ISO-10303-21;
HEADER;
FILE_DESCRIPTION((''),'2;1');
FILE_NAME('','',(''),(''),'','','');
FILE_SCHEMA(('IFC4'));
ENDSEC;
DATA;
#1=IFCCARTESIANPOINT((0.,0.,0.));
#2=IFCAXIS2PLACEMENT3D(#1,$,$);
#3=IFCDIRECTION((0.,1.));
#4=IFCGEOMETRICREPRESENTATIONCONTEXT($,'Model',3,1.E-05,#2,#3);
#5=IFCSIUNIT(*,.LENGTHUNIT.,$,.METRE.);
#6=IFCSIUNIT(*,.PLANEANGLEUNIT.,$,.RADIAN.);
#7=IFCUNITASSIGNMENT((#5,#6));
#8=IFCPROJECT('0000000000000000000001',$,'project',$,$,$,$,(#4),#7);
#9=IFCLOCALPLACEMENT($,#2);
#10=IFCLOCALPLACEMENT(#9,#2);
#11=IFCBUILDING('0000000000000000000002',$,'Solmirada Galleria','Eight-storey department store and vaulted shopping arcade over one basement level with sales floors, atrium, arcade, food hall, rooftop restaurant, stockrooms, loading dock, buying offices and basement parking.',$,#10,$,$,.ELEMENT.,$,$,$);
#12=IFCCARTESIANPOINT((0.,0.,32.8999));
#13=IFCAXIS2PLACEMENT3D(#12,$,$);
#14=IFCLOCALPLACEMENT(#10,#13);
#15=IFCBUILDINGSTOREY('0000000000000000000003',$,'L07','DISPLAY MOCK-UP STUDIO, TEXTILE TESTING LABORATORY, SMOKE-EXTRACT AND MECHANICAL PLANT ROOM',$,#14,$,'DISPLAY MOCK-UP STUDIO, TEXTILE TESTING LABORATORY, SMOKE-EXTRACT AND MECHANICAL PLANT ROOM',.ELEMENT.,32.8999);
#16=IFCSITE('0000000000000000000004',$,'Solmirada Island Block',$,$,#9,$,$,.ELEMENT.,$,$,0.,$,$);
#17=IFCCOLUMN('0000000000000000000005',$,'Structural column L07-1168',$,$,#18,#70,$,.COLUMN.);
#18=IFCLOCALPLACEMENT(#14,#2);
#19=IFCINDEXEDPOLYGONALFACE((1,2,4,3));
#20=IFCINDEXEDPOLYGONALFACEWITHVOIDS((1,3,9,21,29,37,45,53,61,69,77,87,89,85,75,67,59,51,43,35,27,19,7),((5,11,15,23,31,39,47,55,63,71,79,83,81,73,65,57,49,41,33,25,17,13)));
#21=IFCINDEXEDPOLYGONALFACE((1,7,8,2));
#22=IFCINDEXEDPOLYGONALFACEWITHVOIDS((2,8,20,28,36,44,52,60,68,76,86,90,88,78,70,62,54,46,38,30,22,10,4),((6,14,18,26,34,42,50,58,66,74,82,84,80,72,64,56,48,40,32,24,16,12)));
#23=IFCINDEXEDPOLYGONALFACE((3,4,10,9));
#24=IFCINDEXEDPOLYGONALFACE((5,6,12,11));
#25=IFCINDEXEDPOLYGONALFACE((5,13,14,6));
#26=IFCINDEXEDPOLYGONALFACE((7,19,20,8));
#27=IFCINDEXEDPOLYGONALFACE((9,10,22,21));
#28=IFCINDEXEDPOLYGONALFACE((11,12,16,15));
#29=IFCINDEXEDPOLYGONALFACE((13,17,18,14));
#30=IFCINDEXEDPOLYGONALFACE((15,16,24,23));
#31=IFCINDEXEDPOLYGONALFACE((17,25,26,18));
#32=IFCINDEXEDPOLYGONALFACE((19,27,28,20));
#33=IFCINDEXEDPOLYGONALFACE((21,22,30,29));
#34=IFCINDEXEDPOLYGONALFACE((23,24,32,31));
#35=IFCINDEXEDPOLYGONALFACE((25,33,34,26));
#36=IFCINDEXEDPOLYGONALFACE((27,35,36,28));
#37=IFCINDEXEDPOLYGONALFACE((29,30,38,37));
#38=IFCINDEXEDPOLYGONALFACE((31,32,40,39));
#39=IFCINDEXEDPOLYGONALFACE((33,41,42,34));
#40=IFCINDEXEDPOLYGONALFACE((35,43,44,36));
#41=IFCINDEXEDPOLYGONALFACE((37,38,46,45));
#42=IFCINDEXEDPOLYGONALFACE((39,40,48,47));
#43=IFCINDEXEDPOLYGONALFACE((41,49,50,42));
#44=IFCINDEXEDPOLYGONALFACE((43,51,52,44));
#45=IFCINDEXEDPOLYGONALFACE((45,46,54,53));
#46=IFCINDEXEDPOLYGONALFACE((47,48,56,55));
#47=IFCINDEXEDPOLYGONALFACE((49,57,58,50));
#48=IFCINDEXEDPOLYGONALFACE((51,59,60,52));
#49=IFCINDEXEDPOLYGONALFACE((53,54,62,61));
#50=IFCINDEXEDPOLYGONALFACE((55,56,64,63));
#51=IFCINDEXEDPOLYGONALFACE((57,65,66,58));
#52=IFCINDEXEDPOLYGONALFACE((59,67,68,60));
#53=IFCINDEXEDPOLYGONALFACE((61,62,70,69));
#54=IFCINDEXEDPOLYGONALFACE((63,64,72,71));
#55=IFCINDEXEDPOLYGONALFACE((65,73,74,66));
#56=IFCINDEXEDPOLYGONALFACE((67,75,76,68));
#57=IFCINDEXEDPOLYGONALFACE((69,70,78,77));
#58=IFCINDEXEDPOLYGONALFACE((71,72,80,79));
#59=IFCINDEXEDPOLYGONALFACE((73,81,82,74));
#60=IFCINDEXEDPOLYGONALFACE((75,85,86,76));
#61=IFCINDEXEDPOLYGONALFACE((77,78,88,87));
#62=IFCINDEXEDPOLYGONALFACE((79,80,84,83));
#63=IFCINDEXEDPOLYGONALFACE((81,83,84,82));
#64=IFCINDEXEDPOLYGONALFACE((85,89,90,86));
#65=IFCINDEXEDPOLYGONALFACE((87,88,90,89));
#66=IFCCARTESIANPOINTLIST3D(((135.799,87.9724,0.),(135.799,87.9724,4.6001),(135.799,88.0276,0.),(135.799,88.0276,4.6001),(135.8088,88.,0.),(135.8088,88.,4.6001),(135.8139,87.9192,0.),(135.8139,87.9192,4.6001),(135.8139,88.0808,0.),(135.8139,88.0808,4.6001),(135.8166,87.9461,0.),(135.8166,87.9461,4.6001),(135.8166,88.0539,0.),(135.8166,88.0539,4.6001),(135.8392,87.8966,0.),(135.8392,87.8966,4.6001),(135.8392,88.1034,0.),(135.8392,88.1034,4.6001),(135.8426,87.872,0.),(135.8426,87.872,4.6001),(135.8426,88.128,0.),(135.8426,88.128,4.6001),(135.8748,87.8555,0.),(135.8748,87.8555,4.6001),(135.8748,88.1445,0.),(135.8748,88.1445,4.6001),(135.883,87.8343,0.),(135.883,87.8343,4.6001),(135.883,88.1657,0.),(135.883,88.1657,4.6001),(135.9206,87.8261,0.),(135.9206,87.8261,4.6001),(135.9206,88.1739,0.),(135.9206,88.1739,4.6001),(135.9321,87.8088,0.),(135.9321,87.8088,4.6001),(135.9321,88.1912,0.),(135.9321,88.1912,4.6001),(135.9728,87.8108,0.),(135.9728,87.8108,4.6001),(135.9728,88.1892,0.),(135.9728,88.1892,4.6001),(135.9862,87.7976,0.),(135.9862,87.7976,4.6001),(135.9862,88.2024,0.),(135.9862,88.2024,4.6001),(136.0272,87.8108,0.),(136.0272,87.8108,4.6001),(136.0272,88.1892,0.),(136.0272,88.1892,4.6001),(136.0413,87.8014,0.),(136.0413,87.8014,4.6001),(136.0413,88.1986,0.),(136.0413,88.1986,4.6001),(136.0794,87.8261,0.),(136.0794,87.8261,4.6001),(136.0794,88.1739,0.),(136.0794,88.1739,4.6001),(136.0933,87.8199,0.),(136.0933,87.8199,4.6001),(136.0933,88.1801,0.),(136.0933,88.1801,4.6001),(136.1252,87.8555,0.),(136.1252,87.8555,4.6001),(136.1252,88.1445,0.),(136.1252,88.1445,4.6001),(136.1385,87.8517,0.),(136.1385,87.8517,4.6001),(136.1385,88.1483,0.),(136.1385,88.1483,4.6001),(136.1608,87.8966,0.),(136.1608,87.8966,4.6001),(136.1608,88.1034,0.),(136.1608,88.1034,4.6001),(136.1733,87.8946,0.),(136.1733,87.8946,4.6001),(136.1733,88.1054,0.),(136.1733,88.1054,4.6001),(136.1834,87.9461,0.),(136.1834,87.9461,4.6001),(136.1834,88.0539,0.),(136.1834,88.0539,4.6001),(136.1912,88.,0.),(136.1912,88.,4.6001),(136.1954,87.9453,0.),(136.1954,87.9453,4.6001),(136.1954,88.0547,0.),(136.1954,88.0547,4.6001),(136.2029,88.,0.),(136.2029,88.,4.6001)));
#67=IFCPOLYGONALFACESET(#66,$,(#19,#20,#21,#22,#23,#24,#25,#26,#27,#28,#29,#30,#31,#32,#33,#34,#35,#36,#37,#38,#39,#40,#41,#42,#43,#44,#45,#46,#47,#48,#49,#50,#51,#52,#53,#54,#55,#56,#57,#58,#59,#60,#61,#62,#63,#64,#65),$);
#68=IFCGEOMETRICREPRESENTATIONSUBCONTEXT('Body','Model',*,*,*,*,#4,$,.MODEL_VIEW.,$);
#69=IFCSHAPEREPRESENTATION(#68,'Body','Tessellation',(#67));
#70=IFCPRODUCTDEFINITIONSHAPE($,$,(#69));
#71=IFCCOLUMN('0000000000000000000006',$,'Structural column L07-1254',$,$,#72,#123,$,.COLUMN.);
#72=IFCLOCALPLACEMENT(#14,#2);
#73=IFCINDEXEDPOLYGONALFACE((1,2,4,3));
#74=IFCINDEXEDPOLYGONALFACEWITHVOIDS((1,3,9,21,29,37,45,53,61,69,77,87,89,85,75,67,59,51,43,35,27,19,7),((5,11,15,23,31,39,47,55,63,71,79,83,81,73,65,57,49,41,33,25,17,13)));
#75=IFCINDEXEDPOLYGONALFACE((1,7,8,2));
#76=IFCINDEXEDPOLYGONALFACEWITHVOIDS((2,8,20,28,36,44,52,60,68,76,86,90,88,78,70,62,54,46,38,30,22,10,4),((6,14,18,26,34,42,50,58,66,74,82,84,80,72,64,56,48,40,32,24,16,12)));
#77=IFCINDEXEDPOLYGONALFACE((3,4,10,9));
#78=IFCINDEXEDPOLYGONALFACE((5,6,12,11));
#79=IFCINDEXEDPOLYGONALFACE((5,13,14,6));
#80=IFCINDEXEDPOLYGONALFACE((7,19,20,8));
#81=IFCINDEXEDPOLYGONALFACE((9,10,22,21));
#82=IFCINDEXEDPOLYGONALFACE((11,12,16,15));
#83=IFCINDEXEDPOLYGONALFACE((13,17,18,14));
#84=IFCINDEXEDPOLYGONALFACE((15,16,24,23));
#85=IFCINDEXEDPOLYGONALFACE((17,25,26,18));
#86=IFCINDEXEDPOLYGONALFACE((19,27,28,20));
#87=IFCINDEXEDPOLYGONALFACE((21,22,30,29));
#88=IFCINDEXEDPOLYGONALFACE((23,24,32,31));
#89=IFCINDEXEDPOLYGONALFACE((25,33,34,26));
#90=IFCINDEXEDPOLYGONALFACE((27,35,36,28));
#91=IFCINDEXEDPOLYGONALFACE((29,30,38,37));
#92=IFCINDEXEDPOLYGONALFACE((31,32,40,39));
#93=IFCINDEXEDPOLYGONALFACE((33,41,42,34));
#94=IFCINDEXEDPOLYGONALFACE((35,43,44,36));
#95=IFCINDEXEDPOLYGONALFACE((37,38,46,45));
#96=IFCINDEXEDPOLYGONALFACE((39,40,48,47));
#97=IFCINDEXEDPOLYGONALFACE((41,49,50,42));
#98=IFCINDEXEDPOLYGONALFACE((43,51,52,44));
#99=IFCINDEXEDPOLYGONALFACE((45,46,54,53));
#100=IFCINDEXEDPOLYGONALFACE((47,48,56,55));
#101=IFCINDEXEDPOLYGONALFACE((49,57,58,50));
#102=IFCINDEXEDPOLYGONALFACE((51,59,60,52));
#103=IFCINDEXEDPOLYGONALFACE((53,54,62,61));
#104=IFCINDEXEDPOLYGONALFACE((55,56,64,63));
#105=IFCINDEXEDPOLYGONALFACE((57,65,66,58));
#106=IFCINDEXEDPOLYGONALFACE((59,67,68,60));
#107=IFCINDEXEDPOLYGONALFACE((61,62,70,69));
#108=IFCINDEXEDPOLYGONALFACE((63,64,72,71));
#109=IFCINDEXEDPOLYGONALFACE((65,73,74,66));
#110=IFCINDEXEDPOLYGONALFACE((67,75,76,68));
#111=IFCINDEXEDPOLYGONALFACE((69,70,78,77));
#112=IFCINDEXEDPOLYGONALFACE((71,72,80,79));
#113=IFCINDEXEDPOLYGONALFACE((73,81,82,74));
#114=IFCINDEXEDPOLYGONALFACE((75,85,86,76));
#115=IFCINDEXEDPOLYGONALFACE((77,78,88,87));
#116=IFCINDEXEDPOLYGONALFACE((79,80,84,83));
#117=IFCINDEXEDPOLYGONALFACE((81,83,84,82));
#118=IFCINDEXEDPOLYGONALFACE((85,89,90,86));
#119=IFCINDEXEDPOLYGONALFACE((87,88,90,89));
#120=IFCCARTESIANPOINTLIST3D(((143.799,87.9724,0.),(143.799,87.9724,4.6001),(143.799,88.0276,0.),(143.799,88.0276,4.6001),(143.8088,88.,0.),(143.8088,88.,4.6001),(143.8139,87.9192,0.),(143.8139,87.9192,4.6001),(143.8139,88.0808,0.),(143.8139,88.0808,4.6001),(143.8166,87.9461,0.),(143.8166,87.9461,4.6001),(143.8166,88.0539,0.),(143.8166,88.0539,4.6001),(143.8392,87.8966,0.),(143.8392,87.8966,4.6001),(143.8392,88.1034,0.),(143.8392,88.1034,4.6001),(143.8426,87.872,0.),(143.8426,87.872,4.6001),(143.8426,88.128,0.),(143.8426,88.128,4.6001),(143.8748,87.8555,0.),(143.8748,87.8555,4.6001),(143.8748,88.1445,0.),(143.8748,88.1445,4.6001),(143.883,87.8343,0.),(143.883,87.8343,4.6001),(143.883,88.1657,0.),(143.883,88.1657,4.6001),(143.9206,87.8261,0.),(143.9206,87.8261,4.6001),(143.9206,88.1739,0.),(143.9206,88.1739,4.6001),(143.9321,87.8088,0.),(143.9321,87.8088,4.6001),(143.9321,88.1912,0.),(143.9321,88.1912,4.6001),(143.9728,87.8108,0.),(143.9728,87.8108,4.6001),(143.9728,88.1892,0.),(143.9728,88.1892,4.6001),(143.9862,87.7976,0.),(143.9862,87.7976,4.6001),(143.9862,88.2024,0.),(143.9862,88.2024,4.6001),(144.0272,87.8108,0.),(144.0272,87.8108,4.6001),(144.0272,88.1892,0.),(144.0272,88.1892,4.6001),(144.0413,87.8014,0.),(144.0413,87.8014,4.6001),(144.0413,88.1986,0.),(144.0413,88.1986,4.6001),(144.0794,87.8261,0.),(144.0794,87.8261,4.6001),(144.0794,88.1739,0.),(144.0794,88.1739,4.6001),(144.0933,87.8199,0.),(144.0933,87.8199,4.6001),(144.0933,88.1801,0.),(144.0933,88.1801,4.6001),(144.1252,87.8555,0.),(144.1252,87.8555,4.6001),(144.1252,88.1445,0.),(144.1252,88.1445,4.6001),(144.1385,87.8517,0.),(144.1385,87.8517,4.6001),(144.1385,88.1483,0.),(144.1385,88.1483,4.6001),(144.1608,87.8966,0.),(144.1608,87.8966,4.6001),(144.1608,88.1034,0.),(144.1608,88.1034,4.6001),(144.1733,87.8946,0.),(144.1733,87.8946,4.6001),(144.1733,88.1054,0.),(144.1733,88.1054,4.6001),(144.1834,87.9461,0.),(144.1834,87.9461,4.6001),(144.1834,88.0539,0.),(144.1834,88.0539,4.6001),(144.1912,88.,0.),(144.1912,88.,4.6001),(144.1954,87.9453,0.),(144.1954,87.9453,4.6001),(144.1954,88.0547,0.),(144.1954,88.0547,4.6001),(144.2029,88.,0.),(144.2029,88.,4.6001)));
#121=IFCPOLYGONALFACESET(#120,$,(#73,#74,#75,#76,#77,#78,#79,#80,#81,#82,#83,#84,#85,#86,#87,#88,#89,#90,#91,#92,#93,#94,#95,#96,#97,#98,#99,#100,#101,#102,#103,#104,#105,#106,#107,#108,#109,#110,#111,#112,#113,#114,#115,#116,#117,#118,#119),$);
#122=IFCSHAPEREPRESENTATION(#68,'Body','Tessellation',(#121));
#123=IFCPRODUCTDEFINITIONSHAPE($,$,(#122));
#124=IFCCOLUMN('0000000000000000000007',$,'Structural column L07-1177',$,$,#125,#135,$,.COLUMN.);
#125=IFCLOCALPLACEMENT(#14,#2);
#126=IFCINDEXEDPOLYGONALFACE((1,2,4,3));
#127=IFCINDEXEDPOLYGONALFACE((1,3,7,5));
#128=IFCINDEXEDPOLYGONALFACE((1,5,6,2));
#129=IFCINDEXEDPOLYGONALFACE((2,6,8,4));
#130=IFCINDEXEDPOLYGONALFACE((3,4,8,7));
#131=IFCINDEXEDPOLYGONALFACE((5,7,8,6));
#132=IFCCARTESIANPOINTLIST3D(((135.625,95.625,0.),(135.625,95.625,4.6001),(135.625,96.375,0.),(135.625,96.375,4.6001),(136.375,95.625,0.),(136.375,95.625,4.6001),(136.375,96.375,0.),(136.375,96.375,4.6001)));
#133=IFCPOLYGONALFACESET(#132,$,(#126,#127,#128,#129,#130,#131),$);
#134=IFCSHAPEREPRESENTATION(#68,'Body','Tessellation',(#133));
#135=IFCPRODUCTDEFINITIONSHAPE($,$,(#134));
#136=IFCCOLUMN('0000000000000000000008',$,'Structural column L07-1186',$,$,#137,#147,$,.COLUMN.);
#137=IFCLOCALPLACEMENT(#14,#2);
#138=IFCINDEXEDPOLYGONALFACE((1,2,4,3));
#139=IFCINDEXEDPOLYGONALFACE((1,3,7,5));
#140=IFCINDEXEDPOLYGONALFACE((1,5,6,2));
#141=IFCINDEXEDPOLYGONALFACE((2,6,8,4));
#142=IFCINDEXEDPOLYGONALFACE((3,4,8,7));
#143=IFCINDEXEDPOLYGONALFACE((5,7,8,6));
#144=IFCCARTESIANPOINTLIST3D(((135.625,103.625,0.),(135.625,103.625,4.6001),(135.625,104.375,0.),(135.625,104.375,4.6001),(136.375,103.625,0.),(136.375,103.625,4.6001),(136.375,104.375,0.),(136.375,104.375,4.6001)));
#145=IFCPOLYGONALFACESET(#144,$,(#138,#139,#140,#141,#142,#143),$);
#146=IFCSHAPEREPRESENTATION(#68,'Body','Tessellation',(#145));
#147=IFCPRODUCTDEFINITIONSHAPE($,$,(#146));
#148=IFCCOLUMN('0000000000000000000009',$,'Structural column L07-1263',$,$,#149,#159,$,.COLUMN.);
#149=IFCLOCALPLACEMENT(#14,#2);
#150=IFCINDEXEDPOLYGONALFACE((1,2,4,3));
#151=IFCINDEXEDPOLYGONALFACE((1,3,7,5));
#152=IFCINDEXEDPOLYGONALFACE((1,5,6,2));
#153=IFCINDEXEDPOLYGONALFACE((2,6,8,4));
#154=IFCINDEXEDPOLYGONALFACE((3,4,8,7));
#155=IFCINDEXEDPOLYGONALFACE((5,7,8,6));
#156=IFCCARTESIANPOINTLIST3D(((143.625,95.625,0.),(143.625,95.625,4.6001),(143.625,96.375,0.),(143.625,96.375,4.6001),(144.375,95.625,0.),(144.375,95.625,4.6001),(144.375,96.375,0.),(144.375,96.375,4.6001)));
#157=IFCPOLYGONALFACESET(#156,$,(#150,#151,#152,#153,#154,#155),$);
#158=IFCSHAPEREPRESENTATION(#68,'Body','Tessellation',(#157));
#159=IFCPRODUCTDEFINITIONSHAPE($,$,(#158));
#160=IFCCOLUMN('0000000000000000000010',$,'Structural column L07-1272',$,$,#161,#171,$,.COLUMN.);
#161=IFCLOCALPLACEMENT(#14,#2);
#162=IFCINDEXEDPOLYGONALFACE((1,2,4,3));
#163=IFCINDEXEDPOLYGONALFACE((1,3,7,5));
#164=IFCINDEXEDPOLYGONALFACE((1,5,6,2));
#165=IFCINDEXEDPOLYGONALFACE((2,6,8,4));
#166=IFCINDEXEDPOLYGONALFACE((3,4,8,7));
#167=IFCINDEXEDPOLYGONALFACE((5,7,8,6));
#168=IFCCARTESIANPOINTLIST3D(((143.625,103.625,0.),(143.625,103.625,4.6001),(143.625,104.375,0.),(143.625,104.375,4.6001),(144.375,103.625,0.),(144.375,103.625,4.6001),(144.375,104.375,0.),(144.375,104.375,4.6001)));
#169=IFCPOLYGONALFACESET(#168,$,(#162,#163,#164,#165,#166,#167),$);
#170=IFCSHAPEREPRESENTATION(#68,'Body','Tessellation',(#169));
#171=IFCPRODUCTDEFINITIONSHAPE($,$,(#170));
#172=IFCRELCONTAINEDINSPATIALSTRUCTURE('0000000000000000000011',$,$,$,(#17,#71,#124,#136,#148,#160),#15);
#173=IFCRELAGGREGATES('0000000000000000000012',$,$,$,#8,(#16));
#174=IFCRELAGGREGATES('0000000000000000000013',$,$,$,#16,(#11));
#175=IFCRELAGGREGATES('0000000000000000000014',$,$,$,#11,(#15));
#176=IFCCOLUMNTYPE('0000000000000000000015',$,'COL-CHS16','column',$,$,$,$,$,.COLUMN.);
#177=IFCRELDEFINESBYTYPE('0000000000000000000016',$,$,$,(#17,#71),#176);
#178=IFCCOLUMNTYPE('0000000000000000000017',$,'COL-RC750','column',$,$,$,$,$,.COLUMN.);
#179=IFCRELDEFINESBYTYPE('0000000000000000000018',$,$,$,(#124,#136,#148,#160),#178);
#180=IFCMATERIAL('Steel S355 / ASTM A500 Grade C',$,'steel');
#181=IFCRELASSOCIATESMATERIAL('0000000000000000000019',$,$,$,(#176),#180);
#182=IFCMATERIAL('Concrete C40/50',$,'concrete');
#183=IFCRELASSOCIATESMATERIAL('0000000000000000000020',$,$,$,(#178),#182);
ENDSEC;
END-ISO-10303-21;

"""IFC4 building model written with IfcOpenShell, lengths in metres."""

from ifc_helpers import new_model, si_unit, direction, frame, origin, origin_2d, place, context, subcontext, project, spatial, rectangle, hollow_circle, extrude, material, material_profile, profile_set, type_object, element, save


model = new_model("IFC4")

# Units and contexts
model_context = context("Model", 3, precision=1e-05, world=origin(), true_north=direction((0.0, 1.0)))
body_context = subcontext(model_context, "Body", "Model", "MODEL_VIEW")
ifc_project = project(units=[si_unit("LENGTHUNIT", "METRE"), si_unit("PLANEANGLEUNIT", "RADIAN")], contexts=[model_context])

# Site, building, storey
site_placement = place(None, origin())
site = spatial("IfcSite", under=ifc_project, at=site_placement, Name="Solmirada Island Block", CompositionType="ELEMENT", RefElevation=0.0)
building_placement = place(site_placement, origin())
building = spatial("IfcBuilding", under=site, at=building_placement, Name="Solmirada Galleria", Description="Eight-storey department store and vaulted shopping arcade over one basement level with sales floors, atrium, arcade, food hall, rooftop restaurant, stockrooms, loading dock, buying offices and basement parking.", CompositionType="ELEMENT")
storey_placement = place(building_placement, frame((0.0, 0.0, 32.8999)))
storey = spatial("IfcBuildingStorey", under=building, at=storey_placement, Name="L07", Description="DISPLAY MOCK-UP STUDIO, TEXTILE TESTING LABORATORY, SMOKE-EXTRACT AND MECHANICAL PLANT ROOM", LongName="DISPLAY MOCK-UP STUDIO, TEXTILE TESTING LABORATORY, SMOKE-EXTRACT AND MECHANICAL PLANT ROOM", CompositionType="ELEMENT", Elevation=32.8999)

# Columns
ifc_material_1 = material(Name="Steel S355 / ASTM A500 Grade C", Category="steel")
ifc_material_profile_1 = material_profile(ifc_material_1, hollow_circle(Radius=0.2029, WallThickness=0.0117, at=origin_2d()), Name="HSS16.000X0.500")
ifc_profile_set_1 = profile_set([ifc_material_profile_1], Name="Steel S355 / ASTM A500 Grade C")
column_type_1 = type_object("IfcColumnType", Name="COL-CHS16", Description="column", PredefinedType="COLUMN", material=ifc_profile_set_1)
for number, where, z_axis, x_axis, name in (
    (1, (136.0, 88.0, 0.0), (0.0, 0.0, 1.0), (1.0, 0.0, 0.0), "Structural column L07-1168"),
    (2, (144.0, 88.0, 0.0), (0.0, 0.0, 1.0), (1.0, 0.0, 0.0), "Structural column L07-1254"),
):
    element("IfcColumn", number, at=place(storey_placement, frame(where, z_axis=z_axis, x_axis=x_axis)), inside=storey, type_object=column_type_1, Name=name, PredefinedType="COLUMN", context=body_context, shape_type="SweptSolid", body=[
        extrude(hollow_circle(Radius=0.2029, WallThickness=0.0117, at=origin_2d()), origin(), (0.0, 0.0, 1.0), 4.6001),
    ])
ifc_material_2 = material(Name="Concrete C40/50", Category="concrete")
ifc_material_profile_2 = material_profile(ifc_material_2, rectangle(XDim=0.75, YDim=0.75, at=origin_2d()), Name="RC750X750")
ifc_profile_set_2 = profile_set([ifc_material_profile_2], Name="Concrete C40/50")
column_type_2 = type_object("IfcColumnType", Name="COL-RC750", Description="column", PredefinedType="COLUMN", material=ifc_profile_set_2)
for number, where, z_axis, x_axis, name in (
    (3, (136.0, 96.0, 0.0), (0.0, 0.0, 1.0), (1.0, 0.0, 0.0), "Structural column L07-1177"),
    (4, (136.0, 104.0, 0.0), (0.0, 0.0, 1.0), (1.0, 0.0, 0.0), "Structural column L07-1186"),
    (5, (144.0, 96.0, 0.0), (0.0, 0.0, 1.0), (1.0, 0.0, 0.0), "Structural column L07-1263"),
    (6, (144.0, 104.0, 0.0), (0.0, 0.0, 1.0), (1.0, 0.0, 0.0), "Structural column L07-1272"),
):
    element("IfcColumn", number, at=place(storey_placement, frame(where, z_axis=z_axis, x_axis=x_axis)), inside=storey, type_object=column_type_2, Name=name, PredefinedType="COLUMN", context=body_context, shape_type="SweptSolid", body=[
        extrude(rectangle(XDim=0.75, YDim=0.75, at=origin_2d()), origin(), (0.0, 0.0, 1.0), 4.6001),
    ])

save(model, "model.ifc")
